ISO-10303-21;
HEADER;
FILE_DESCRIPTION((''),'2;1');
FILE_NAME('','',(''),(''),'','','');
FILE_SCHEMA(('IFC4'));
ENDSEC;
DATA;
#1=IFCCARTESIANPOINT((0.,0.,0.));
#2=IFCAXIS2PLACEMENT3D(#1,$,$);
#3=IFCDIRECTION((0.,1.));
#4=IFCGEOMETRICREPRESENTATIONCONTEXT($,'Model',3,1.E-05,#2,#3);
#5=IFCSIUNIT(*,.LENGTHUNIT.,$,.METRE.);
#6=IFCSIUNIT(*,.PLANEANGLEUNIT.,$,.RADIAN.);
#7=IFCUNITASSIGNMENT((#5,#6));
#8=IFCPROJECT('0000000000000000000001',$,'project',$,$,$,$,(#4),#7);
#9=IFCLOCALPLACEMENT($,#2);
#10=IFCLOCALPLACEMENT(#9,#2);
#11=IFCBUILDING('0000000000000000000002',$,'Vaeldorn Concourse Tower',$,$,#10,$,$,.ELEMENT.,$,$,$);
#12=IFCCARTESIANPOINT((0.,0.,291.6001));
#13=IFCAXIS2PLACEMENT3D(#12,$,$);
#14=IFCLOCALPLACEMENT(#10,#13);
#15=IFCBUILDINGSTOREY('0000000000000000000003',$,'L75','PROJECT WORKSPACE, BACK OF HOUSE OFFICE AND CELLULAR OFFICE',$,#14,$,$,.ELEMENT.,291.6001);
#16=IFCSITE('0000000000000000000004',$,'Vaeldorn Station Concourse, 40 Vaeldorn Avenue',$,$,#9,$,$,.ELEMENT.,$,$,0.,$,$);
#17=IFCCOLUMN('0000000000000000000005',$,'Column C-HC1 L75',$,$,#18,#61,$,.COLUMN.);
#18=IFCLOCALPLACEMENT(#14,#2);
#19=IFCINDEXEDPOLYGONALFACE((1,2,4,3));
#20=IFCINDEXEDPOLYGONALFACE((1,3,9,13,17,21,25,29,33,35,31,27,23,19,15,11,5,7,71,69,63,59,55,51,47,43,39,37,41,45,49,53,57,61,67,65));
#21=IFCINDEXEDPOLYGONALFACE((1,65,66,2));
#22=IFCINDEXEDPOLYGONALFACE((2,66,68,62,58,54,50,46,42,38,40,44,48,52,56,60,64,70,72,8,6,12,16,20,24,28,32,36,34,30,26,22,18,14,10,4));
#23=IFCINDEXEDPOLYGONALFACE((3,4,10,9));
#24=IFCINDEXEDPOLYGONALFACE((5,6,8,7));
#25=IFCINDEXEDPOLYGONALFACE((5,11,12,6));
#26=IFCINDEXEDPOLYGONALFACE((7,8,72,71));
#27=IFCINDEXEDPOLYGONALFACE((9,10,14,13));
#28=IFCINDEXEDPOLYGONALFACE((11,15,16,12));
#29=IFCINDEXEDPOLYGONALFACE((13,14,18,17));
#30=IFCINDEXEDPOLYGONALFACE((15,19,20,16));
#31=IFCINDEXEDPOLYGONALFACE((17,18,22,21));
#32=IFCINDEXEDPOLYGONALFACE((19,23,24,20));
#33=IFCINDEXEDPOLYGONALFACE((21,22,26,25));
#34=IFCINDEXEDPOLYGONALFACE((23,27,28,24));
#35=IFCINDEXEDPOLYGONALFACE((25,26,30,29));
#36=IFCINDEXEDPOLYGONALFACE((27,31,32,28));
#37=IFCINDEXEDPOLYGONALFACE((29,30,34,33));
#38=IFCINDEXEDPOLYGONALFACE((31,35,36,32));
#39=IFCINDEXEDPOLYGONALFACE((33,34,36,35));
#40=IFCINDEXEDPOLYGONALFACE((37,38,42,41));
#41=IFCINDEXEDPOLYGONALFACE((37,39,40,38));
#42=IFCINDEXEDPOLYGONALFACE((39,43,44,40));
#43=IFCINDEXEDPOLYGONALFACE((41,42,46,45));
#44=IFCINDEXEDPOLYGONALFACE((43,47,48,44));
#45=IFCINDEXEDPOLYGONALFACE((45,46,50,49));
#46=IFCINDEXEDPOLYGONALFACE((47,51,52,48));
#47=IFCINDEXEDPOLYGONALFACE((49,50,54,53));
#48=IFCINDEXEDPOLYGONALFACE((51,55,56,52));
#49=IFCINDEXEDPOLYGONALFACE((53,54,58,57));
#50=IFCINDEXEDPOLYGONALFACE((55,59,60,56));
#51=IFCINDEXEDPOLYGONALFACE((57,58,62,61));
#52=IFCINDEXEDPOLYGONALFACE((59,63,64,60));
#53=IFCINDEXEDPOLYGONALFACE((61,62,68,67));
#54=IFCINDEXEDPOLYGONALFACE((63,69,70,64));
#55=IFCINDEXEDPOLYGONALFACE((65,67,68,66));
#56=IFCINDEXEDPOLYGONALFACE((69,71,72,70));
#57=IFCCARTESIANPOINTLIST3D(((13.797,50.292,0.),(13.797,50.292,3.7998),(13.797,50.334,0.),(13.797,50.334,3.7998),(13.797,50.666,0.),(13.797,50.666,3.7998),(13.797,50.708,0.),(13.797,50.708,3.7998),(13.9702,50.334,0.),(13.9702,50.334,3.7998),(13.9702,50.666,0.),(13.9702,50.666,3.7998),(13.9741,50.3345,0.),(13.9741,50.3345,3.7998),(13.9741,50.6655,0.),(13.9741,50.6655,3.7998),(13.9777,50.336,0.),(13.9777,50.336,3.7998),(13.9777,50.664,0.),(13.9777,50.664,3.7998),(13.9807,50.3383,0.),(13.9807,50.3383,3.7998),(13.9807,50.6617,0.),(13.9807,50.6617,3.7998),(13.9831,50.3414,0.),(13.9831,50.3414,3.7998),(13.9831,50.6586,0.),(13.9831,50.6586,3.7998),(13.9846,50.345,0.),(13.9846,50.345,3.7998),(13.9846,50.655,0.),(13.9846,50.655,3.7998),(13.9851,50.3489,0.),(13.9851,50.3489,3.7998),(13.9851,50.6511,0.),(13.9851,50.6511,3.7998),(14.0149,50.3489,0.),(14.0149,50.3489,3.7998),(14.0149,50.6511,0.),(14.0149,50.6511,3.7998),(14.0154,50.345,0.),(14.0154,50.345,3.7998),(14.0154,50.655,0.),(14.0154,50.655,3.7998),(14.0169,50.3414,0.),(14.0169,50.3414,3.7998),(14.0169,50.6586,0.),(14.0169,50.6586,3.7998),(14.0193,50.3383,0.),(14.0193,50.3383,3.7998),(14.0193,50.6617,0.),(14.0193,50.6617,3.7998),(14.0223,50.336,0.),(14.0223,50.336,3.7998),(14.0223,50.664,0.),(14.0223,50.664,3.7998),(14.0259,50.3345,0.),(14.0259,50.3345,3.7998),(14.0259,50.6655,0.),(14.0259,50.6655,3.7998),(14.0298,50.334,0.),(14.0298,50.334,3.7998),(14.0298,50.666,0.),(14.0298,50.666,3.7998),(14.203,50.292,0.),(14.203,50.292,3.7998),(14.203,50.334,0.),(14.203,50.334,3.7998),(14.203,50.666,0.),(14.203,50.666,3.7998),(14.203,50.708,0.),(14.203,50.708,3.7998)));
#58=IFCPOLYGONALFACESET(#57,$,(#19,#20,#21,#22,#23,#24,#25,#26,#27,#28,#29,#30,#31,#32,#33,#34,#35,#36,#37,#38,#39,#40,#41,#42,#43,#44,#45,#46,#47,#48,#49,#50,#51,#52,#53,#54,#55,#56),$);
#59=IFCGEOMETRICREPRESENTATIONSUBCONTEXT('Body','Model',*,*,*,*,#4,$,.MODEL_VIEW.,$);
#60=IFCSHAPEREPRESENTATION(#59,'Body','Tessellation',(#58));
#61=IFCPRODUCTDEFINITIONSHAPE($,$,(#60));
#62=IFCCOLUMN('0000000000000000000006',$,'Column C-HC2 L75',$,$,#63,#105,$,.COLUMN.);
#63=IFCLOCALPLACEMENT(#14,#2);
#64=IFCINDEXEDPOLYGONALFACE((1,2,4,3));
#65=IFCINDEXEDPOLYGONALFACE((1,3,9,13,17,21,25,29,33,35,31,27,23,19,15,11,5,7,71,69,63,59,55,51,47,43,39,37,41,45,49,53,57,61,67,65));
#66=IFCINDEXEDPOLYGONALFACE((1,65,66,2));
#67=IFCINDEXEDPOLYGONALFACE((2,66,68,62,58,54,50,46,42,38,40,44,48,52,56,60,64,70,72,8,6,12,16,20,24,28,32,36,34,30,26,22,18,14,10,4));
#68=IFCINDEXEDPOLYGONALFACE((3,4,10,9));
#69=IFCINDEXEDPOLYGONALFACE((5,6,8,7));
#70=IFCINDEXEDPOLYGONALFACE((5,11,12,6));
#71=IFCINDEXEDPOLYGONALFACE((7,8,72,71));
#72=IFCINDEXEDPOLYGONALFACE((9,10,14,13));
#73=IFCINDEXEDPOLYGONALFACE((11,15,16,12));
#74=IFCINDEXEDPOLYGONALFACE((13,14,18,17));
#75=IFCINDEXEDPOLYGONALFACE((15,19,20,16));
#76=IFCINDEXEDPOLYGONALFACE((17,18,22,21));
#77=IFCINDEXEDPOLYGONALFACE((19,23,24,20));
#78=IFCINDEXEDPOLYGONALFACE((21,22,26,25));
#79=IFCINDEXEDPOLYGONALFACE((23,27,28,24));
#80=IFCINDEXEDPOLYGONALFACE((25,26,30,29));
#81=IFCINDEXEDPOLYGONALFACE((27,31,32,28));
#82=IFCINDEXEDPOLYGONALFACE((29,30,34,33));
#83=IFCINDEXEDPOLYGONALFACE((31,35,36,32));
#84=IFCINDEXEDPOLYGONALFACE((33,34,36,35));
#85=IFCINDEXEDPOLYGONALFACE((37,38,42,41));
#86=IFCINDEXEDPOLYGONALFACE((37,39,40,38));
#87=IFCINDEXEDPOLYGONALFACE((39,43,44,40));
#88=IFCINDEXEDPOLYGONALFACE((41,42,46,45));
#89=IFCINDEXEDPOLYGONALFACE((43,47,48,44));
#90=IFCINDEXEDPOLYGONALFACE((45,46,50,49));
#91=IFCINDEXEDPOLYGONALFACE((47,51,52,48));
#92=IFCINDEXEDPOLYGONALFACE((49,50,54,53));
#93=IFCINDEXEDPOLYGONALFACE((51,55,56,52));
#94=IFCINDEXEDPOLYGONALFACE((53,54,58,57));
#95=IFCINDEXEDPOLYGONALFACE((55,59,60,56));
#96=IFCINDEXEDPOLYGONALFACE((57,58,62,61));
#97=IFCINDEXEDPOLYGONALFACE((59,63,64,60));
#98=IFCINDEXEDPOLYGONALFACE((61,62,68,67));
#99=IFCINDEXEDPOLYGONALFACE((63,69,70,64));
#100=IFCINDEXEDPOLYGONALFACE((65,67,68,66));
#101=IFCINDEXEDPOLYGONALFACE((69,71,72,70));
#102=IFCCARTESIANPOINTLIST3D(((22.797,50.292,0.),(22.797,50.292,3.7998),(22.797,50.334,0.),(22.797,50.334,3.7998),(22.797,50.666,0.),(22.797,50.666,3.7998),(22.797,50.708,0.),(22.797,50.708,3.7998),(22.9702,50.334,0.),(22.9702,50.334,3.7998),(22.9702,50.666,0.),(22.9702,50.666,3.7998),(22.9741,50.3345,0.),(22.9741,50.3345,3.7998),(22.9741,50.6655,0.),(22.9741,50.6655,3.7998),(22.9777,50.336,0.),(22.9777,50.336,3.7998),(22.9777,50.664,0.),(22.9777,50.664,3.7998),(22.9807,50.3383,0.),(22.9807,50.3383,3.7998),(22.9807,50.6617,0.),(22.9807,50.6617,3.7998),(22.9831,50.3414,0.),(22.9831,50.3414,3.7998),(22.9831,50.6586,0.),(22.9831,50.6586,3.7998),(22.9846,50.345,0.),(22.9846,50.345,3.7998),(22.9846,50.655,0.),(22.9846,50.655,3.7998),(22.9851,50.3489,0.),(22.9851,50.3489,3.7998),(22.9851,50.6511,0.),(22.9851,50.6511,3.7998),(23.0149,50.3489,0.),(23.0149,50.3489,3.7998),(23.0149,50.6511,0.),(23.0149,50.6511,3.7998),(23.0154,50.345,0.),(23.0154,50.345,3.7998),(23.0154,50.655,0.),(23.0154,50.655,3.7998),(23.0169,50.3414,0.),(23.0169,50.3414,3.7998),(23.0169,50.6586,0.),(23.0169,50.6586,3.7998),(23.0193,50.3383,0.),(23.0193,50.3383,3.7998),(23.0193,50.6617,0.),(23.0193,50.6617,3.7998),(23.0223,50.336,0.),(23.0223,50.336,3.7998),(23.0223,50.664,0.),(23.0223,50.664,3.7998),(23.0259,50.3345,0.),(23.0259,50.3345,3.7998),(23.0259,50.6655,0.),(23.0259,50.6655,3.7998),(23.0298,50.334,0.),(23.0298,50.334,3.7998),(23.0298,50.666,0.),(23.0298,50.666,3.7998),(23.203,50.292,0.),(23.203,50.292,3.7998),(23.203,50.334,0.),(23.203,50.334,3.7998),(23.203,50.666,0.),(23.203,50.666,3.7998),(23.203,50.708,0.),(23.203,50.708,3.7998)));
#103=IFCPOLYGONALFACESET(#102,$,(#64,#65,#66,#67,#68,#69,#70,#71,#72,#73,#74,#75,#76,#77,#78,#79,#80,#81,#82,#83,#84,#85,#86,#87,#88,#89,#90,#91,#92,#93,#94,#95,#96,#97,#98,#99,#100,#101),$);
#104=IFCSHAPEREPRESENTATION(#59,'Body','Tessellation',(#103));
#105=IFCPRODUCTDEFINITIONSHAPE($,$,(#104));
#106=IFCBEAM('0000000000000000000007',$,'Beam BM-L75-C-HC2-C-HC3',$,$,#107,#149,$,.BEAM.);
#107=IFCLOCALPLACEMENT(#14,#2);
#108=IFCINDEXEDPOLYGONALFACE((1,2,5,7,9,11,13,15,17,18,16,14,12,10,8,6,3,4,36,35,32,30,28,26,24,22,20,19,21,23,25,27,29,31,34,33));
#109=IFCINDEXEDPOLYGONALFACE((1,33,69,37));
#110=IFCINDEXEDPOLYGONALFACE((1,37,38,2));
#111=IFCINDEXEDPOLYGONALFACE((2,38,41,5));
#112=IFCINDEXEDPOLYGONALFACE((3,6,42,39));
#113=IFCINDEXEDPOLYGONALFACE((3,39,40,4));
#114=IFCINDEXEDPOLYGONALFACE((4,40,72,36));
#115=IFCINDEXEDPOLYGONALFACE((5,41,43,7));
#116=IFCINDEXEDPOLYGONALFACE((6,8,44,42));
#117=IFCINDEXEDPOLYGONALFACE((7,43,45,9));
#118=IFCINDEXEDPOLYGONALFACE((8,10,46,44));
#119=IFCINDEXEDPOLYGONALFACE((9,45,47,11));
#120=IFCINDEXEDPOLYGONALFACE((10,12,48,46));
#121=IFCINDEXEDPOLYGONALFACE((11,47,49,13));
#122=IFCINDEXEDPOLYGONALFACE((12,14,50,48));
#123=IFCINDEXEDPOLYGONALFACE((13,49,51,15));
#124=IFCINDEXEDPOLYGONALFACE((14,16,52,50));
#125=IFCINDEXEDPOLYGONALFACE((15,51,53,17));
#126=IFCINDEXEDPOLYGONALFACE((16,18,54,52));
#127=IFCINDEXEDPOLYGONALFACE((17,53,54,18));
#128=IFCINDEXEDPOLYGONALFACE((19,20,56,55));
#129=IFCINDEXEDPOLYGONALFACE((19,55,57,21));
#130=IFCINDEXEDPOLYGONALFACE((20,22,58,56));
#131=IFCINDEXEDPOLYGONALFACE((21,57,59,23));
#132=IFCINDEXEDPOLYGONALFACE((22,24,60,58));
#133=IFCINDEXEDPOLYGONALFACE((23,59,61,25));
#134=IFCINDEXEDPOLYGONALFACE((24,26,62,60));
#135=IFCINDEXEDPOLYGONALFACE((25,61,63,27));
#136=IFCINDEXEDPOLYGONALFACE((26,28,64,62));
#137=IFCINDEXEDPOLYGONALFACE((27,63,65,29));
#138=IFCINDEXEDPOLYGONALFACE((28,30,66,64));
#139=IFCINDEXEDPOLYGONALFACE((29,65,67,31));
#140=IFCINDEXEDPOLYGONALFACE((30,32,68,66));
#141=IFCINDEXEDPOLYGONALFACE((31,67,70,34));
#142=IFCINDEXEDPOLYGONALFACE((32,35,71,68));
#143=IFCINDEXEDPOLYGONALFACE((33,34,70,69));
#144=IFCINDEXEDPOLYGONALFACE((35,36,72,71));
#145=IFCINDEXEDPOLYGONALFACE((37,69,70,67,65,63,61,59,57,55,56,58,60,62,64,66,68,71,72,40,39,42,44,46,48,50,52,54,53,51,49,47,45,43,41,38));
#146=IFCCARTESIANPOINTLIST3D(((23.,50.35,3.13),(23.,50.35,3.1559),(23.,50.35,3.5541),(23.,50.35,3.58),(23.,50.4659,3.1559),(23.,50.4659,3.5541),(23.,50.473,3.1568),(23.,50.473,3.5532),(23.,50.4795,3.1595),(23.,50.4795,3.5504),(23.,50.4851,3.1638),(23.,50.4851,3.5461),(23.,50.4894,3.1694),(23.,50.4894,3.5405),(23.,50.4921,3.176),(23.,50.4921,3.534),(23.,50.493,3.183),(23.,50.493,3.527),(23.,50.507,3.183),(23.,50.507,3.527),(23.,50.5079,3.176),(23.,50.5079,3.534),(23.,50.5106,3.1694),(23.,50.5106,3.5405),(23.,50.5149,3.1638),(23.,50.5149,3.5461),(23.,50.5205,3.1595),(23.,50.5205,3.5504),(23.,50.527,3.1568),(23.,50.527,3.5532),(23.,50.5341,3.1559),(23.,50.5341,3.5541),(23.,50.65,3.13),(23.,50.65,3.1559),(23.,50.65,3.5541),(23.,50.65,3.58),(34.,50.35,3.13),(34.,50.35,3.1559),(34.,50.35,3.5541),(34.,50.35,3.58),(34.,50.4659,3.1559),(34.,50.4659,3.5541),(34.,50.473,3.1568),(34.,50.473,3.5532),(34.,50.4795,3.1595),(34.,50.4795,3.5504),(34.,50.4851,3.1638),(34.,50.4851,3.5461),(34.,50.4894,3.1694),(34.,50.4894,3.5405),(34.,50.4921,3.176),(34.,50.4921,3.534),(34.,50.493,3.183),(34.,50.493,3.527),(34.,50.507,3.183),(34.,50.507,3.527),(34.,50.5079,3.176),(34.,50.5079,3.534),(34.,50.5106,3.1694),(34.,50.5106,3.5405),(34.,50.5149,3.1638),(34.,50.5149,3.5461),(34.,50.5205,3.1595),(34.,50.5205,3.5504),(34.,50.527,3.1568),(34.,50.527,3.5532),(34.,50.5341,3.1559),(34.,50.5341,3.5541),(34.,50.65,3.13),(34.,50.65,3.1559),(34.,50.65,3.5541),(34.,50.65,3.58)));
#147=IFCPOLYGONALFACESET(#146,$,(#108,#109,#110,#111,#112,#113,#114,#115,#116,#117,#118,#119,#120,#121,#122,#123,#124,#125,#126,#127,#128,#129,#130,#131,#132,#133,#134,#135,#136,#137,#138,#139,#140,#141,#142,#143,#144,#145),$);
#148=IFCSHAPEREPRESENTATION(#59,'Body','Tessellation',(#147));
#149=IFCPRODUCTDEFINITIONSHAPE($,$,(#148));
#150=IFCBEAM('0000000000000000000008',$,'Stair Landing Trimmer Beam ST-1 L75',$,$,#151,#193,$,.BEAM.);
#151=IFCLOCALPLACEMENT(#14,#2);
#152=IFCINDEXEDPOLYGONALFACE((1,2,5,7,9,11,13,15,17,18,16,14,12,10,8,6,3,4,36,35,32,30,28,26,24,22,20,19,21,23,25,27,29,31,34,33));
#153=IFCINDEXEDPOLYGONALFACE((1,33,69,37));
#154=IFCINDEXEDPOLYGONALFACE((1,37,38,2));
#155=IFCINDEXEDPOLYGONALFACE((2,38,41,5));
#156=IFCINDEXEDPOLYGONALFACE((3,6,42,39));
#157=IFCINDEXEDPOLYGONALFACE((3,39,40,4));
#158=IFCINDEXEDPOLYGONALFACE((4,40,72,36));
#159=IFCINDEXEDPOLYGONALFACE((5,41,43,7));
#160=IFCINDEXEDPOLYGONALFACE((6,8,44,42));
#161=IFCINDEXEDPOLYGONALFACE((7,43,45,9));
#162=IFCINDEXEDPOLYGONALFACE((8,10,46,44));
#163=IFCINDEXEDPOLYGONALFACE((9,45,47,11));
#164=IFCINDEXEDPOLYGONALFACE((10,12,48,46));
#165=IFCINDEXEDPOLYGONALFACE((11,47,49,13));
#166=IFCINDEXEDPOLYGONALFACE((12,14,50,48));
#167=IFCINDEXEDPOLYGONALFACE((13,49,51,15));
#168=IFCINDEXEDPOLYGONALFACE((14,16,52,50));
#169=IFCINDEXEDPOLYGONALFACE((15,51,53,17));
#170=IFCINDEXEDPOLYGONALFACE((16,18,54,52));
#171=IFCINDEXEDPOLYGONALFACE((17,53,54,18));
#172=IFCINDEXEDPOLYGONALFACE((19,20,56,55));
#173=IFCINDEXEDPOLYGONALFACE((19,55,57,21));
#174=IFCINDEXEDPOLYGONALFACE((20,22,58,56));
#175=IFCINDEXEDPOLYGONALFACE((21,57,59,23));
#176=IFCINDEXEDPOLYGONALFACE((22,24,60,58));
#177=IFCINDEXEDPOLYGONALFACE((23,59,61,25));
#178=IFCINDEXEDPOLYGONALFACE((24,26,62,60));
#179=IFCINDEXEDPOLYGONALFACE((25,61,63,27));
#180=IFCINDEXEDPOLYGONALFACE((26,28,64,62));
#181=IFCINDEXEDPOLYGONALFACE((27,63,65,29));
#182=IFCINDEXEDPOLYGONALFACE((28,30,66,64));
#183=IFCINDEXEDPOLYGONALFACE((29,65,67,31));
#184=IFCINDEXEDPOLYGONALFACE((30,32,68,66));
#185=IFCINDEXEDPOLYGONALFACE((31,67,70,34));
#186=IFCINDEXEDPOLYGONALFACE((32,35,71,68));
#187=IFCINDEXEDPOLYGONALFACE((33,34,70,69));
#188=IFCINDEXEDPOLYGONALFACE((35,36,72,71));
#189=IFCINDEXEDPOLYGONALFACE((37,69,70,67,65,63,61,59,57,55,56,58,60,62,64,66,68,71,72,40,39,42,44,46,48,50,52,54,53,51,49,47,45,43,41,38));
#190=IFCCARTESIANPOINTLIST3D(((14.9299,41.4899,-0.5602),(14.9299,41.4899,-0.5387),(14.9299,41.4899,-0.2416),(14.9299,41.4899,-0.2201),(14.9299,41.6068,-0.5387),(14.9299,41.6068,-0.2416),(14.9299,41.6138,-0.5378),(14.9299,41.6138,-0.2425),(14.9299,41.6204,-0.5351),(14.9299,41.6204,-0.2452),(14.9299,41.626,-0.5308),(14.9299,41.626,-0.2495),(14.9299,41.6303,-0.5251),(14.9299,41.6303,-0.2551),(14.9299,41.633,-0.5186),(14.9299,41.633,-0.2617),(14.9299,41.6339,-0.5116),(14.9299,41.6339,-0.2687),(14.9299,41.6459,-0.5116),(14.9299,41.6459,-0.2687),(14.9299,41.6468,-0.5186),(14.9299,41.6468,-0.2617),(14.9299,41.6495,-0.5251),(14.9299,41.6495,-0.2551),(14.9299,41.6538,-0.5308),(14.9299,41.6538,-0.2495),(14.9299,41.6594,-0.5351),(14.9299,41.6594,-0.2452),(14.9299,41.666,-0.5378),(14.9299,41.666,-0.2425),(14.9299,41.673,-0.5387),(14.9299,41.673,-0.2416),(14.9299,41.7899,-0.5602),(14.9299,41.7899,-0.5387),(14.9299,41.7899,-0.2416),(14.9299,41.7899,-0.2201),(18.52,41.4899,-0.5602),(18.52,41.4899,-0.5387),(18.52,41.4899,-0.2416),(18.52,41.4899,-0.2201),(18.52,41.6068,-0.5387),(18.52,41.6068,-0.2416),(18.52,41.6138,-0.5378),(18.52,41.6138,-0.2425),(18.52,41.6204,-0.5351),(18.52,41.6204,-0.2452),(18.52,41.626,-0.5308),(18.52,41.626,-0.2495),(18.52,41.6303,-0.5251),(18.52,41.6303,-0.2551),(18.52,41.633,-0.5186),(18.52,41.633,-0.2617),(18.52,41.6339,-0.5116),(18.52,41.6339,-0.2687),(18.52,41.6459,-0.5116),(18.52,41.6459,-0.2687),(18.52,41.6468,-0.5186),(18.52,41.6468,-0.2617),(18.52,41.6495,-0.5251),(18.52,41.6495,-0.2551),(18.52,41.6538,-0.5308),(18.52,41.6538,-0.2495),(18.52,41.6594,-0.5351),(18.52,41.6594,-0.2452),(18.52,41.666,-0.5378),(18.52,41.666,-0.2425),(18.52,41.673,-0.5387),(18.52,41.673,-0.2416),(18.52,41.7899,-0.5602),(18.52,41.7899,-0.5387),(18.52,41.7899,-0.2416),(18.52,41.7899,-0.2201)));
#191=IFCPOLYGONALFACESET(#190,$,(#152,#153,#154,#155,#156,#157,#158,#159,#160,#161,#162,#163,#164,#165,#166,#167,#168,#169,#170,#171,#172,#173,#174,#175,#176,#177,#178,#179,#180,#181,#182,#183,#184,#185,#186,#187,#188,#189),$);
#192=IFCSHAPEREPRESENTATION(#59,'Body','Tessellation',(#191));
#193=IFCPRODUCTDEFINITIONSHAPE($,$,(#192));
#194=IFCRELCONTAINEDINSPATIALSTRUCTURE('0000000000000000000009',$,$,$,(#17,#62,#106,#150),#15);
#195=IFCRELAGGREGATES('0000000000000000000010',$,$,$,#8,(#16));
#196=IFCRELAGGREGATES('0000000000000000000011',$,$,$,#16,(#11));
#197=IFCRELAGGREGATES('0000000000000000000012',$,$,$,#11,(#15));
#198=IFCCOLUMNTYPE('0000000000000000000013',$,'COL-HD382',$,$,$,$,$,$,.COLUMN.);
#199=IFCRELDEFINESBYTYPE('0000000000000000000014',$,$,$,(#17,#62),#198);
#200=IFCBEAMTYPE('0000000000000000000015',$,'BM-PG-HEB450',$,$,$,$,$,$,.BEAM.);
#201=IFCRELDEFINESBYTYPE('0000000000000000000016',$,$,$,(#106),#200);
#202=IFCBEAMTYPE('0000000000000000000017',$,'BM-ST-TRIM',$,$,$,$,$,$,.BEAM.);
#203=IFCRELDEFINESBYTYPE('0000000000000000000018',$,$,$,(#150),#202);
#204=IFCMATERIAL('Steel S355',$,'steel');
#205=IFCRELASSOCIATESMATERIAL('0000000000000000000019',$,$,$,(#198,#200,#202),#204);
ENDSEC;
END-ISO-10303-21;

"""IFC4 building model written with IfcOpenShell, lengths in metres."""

from ifc_helpers import new_model, si_unit, direction, frame, origin, origin_2d, place, context, subcontext, project, spatial, i_section, extrude, source, transform, mapped, material, material_profile, profile_set, type_object, element, save


model = new_model("IFC4")

# Units and contexts
model_context = context("Model", 3, precision=1e-05, world=origin(), true_north=direction((0.0, 1.0)))
body_context = subcontext(model_context, "Body", "Model", "MODEL_VIEW")
ifc_project = project(units=[si_unit("LENGTHUNIT", "METRE"), si_unit("PLANEANGLEUNIT", "RADIAN")], contexts=[model_context])

# Site, building, storey
site_placement = place(None, origin())
site = spatial("IfcSite", under=ifc_project, at=site_placement, Name="Vaeldorn Station Concourse, 40 Vaeldorn Avenue", CompositionType="ELEMENT", RefElevation=0.0)
building_placement = place(site_placement, origin())
building = spatial("IfcBuilding", under=site, at=building_placement, Name="Vaeldorn Concourse Tower", CompositionType="ELEMENT")
storey_placement = place(building_placement, frame((0.0, 0.0, 291.6001)))
storey = spatial("IfcBuildingStorey", under=building, at=storey_placement, Name="L75", Description="PROJECT WORKSPACE, BACK OF HOUSE OFFICE AND CELLULAR OFFICE", CompositionType="ELEMENT", Elevation=291.6001)

# Columns
ifc_material_1 = material(Name="Steel S355", Category="steel")
ifc_material_profile_1 = material_profile(ifc_material_1, i_section(OverallWidth=0.406, OverallDepth=0.416, WebThickness=0.0298, FlangeThickness=0.042, FilletRadius=0.0149, at=origin_2d()), Name="HD 400x382")
ifc_profile_set_1 = profile_set([ifc_material_profile_1], Name="Steel S355")
column_type = type_object("IfcColumnType", Name="COL-HD382", PredefinedType="COLUMN", material=ifc_profile_set_1)
shared_shape_1 = source(origin(), body_context, "Body", "SweptSolid", [
    extrude(i_section(OverallWidth=0.406, OverallDepth=0.416, WebThickness=0.0298, FlangeThickness=0.042, FilletRadius=0.0149, at=origin_2d()), origin(), (0.0, 0.0, 1.0), 3.7998),
])
for number, where, z_axis, x_axis, name in (
    (1, (14.0, 50.5, 0.0), (0.0, 0.0, 1.0), (1.0, 0.0, 0.0), "Column C-HC1 L75"),
    (2, (23.0, 50.5, 0.0), (0.0, 0.0, 1.0), (1.0, 0.0, 0.0), "Column C-HC2 L75"),
):
    element("IfcColumn", number, at=place(storey_placement, frame(where, z_axis=z_axis, x_axis=x_axis)), inside=storey, type_object=column_type, Name=name, PredefinedType="COLUMN", context=body_context, shape_type="MappedRepresentation", body=[
        mapped(shared_shape_1, transform((0.0, 0.0, 0.0), scale=1.0)),
    ])

# Beams
ifc_material_profile_2 = material_profile(ifc_material_1, i_section(OverallWidth=0.3, OverallDepth=0.45, WebThickness=0.0139, FlangeThickness=0.0259, FilletRadius=0.0271, at=origin_2d()), Name="HEB 450")
ifc_profile_set_2 = profile_set([ifc_material_profile_2], Name="Steel S355")
beam_type_1 = type_object("IfcBeamType", Name="BM-PG-HEB450", PredefinedType="BEAM", material=ifc_profile_set_2)
shared_shape_2 = source(origin(), body_context, "Body", "SweptSolid", [
    extrude(i_section(OverallWidth=0.3, OverallDepth=0.45, WebThickness=0.0139, FlangeThickness=0.0259, FilletRadius=0.0271, at=origin_2d()), origin(), (0.0, 0.0, 1.0), 11.0),
])
beam_1_placement = place(storey_placement, frame((23.0, 50.5, 3.355), z_axis=(1.0, 0.0, 0.0), x_axis=(0.0, 1.0, 0.0)))
element("IfcBeam", 3, at=beam_1_placement, inside=storey, type_object=beam_type_1, Name="Beam BM-L75-C-HC2-C-HC3", PredefinedType="BEAM", context=body_context, shape_type="MappedRepresentation", body=[
    mapped(shared_shape_2, transform((0.0, 0.0, 0.0), scale=1.0)),
])
ifc_material_profile_3 = material_profile(ifc_material_1, i_section(OverallWidth=0.3, OverallDepth=0.3401, WebThickness=0.012, FlangeThickness=0.0215, FilletRadius=0.0271, at=origin_2d()), Name="HEB 340")
ifc_profile_set_3 = profile_set([ifc_material_profile_3], Name="Steel S355")
beam_type_2 = type_object("IfcBeamType", Name="BM-ST-TRIM", PredefinedType="BEAM", material=ifc_profile_set_3)
shared_shape_3 = source(origin(), body_context, "Body", "SweptSolid", [
    extrude(i_section(OverallWidth=0.3, OverallDepth=0.3401, WebThickness=0.012, FlangeThickness=0.0215, FilletRadius=0.0271, at=origin_2d()), origin(), (0.0, 0.0, 1.0), 3.5901),
])
beam_2_placement = place(storey_placement, frame((14.9299, 41.6399, -0.3901), z_axis=(1.0, 0.0, 0.0), x_axis=(0.0, 1.0, 0.0)))
element("IfcBeam", 4, at=beam_2_placement, inside=storey, type_object=beam_type_2, Name="Stair Landing Trimmer Beam ST-1 L75", PredefinedType="BEAM", context=body_context, shape_type="MappedRepresentation", body=[
    mapped(shared_shape_3, transform((0.0, 0.0, 0.0), scale=1.0)),
])

save(model, "model.ifc")
